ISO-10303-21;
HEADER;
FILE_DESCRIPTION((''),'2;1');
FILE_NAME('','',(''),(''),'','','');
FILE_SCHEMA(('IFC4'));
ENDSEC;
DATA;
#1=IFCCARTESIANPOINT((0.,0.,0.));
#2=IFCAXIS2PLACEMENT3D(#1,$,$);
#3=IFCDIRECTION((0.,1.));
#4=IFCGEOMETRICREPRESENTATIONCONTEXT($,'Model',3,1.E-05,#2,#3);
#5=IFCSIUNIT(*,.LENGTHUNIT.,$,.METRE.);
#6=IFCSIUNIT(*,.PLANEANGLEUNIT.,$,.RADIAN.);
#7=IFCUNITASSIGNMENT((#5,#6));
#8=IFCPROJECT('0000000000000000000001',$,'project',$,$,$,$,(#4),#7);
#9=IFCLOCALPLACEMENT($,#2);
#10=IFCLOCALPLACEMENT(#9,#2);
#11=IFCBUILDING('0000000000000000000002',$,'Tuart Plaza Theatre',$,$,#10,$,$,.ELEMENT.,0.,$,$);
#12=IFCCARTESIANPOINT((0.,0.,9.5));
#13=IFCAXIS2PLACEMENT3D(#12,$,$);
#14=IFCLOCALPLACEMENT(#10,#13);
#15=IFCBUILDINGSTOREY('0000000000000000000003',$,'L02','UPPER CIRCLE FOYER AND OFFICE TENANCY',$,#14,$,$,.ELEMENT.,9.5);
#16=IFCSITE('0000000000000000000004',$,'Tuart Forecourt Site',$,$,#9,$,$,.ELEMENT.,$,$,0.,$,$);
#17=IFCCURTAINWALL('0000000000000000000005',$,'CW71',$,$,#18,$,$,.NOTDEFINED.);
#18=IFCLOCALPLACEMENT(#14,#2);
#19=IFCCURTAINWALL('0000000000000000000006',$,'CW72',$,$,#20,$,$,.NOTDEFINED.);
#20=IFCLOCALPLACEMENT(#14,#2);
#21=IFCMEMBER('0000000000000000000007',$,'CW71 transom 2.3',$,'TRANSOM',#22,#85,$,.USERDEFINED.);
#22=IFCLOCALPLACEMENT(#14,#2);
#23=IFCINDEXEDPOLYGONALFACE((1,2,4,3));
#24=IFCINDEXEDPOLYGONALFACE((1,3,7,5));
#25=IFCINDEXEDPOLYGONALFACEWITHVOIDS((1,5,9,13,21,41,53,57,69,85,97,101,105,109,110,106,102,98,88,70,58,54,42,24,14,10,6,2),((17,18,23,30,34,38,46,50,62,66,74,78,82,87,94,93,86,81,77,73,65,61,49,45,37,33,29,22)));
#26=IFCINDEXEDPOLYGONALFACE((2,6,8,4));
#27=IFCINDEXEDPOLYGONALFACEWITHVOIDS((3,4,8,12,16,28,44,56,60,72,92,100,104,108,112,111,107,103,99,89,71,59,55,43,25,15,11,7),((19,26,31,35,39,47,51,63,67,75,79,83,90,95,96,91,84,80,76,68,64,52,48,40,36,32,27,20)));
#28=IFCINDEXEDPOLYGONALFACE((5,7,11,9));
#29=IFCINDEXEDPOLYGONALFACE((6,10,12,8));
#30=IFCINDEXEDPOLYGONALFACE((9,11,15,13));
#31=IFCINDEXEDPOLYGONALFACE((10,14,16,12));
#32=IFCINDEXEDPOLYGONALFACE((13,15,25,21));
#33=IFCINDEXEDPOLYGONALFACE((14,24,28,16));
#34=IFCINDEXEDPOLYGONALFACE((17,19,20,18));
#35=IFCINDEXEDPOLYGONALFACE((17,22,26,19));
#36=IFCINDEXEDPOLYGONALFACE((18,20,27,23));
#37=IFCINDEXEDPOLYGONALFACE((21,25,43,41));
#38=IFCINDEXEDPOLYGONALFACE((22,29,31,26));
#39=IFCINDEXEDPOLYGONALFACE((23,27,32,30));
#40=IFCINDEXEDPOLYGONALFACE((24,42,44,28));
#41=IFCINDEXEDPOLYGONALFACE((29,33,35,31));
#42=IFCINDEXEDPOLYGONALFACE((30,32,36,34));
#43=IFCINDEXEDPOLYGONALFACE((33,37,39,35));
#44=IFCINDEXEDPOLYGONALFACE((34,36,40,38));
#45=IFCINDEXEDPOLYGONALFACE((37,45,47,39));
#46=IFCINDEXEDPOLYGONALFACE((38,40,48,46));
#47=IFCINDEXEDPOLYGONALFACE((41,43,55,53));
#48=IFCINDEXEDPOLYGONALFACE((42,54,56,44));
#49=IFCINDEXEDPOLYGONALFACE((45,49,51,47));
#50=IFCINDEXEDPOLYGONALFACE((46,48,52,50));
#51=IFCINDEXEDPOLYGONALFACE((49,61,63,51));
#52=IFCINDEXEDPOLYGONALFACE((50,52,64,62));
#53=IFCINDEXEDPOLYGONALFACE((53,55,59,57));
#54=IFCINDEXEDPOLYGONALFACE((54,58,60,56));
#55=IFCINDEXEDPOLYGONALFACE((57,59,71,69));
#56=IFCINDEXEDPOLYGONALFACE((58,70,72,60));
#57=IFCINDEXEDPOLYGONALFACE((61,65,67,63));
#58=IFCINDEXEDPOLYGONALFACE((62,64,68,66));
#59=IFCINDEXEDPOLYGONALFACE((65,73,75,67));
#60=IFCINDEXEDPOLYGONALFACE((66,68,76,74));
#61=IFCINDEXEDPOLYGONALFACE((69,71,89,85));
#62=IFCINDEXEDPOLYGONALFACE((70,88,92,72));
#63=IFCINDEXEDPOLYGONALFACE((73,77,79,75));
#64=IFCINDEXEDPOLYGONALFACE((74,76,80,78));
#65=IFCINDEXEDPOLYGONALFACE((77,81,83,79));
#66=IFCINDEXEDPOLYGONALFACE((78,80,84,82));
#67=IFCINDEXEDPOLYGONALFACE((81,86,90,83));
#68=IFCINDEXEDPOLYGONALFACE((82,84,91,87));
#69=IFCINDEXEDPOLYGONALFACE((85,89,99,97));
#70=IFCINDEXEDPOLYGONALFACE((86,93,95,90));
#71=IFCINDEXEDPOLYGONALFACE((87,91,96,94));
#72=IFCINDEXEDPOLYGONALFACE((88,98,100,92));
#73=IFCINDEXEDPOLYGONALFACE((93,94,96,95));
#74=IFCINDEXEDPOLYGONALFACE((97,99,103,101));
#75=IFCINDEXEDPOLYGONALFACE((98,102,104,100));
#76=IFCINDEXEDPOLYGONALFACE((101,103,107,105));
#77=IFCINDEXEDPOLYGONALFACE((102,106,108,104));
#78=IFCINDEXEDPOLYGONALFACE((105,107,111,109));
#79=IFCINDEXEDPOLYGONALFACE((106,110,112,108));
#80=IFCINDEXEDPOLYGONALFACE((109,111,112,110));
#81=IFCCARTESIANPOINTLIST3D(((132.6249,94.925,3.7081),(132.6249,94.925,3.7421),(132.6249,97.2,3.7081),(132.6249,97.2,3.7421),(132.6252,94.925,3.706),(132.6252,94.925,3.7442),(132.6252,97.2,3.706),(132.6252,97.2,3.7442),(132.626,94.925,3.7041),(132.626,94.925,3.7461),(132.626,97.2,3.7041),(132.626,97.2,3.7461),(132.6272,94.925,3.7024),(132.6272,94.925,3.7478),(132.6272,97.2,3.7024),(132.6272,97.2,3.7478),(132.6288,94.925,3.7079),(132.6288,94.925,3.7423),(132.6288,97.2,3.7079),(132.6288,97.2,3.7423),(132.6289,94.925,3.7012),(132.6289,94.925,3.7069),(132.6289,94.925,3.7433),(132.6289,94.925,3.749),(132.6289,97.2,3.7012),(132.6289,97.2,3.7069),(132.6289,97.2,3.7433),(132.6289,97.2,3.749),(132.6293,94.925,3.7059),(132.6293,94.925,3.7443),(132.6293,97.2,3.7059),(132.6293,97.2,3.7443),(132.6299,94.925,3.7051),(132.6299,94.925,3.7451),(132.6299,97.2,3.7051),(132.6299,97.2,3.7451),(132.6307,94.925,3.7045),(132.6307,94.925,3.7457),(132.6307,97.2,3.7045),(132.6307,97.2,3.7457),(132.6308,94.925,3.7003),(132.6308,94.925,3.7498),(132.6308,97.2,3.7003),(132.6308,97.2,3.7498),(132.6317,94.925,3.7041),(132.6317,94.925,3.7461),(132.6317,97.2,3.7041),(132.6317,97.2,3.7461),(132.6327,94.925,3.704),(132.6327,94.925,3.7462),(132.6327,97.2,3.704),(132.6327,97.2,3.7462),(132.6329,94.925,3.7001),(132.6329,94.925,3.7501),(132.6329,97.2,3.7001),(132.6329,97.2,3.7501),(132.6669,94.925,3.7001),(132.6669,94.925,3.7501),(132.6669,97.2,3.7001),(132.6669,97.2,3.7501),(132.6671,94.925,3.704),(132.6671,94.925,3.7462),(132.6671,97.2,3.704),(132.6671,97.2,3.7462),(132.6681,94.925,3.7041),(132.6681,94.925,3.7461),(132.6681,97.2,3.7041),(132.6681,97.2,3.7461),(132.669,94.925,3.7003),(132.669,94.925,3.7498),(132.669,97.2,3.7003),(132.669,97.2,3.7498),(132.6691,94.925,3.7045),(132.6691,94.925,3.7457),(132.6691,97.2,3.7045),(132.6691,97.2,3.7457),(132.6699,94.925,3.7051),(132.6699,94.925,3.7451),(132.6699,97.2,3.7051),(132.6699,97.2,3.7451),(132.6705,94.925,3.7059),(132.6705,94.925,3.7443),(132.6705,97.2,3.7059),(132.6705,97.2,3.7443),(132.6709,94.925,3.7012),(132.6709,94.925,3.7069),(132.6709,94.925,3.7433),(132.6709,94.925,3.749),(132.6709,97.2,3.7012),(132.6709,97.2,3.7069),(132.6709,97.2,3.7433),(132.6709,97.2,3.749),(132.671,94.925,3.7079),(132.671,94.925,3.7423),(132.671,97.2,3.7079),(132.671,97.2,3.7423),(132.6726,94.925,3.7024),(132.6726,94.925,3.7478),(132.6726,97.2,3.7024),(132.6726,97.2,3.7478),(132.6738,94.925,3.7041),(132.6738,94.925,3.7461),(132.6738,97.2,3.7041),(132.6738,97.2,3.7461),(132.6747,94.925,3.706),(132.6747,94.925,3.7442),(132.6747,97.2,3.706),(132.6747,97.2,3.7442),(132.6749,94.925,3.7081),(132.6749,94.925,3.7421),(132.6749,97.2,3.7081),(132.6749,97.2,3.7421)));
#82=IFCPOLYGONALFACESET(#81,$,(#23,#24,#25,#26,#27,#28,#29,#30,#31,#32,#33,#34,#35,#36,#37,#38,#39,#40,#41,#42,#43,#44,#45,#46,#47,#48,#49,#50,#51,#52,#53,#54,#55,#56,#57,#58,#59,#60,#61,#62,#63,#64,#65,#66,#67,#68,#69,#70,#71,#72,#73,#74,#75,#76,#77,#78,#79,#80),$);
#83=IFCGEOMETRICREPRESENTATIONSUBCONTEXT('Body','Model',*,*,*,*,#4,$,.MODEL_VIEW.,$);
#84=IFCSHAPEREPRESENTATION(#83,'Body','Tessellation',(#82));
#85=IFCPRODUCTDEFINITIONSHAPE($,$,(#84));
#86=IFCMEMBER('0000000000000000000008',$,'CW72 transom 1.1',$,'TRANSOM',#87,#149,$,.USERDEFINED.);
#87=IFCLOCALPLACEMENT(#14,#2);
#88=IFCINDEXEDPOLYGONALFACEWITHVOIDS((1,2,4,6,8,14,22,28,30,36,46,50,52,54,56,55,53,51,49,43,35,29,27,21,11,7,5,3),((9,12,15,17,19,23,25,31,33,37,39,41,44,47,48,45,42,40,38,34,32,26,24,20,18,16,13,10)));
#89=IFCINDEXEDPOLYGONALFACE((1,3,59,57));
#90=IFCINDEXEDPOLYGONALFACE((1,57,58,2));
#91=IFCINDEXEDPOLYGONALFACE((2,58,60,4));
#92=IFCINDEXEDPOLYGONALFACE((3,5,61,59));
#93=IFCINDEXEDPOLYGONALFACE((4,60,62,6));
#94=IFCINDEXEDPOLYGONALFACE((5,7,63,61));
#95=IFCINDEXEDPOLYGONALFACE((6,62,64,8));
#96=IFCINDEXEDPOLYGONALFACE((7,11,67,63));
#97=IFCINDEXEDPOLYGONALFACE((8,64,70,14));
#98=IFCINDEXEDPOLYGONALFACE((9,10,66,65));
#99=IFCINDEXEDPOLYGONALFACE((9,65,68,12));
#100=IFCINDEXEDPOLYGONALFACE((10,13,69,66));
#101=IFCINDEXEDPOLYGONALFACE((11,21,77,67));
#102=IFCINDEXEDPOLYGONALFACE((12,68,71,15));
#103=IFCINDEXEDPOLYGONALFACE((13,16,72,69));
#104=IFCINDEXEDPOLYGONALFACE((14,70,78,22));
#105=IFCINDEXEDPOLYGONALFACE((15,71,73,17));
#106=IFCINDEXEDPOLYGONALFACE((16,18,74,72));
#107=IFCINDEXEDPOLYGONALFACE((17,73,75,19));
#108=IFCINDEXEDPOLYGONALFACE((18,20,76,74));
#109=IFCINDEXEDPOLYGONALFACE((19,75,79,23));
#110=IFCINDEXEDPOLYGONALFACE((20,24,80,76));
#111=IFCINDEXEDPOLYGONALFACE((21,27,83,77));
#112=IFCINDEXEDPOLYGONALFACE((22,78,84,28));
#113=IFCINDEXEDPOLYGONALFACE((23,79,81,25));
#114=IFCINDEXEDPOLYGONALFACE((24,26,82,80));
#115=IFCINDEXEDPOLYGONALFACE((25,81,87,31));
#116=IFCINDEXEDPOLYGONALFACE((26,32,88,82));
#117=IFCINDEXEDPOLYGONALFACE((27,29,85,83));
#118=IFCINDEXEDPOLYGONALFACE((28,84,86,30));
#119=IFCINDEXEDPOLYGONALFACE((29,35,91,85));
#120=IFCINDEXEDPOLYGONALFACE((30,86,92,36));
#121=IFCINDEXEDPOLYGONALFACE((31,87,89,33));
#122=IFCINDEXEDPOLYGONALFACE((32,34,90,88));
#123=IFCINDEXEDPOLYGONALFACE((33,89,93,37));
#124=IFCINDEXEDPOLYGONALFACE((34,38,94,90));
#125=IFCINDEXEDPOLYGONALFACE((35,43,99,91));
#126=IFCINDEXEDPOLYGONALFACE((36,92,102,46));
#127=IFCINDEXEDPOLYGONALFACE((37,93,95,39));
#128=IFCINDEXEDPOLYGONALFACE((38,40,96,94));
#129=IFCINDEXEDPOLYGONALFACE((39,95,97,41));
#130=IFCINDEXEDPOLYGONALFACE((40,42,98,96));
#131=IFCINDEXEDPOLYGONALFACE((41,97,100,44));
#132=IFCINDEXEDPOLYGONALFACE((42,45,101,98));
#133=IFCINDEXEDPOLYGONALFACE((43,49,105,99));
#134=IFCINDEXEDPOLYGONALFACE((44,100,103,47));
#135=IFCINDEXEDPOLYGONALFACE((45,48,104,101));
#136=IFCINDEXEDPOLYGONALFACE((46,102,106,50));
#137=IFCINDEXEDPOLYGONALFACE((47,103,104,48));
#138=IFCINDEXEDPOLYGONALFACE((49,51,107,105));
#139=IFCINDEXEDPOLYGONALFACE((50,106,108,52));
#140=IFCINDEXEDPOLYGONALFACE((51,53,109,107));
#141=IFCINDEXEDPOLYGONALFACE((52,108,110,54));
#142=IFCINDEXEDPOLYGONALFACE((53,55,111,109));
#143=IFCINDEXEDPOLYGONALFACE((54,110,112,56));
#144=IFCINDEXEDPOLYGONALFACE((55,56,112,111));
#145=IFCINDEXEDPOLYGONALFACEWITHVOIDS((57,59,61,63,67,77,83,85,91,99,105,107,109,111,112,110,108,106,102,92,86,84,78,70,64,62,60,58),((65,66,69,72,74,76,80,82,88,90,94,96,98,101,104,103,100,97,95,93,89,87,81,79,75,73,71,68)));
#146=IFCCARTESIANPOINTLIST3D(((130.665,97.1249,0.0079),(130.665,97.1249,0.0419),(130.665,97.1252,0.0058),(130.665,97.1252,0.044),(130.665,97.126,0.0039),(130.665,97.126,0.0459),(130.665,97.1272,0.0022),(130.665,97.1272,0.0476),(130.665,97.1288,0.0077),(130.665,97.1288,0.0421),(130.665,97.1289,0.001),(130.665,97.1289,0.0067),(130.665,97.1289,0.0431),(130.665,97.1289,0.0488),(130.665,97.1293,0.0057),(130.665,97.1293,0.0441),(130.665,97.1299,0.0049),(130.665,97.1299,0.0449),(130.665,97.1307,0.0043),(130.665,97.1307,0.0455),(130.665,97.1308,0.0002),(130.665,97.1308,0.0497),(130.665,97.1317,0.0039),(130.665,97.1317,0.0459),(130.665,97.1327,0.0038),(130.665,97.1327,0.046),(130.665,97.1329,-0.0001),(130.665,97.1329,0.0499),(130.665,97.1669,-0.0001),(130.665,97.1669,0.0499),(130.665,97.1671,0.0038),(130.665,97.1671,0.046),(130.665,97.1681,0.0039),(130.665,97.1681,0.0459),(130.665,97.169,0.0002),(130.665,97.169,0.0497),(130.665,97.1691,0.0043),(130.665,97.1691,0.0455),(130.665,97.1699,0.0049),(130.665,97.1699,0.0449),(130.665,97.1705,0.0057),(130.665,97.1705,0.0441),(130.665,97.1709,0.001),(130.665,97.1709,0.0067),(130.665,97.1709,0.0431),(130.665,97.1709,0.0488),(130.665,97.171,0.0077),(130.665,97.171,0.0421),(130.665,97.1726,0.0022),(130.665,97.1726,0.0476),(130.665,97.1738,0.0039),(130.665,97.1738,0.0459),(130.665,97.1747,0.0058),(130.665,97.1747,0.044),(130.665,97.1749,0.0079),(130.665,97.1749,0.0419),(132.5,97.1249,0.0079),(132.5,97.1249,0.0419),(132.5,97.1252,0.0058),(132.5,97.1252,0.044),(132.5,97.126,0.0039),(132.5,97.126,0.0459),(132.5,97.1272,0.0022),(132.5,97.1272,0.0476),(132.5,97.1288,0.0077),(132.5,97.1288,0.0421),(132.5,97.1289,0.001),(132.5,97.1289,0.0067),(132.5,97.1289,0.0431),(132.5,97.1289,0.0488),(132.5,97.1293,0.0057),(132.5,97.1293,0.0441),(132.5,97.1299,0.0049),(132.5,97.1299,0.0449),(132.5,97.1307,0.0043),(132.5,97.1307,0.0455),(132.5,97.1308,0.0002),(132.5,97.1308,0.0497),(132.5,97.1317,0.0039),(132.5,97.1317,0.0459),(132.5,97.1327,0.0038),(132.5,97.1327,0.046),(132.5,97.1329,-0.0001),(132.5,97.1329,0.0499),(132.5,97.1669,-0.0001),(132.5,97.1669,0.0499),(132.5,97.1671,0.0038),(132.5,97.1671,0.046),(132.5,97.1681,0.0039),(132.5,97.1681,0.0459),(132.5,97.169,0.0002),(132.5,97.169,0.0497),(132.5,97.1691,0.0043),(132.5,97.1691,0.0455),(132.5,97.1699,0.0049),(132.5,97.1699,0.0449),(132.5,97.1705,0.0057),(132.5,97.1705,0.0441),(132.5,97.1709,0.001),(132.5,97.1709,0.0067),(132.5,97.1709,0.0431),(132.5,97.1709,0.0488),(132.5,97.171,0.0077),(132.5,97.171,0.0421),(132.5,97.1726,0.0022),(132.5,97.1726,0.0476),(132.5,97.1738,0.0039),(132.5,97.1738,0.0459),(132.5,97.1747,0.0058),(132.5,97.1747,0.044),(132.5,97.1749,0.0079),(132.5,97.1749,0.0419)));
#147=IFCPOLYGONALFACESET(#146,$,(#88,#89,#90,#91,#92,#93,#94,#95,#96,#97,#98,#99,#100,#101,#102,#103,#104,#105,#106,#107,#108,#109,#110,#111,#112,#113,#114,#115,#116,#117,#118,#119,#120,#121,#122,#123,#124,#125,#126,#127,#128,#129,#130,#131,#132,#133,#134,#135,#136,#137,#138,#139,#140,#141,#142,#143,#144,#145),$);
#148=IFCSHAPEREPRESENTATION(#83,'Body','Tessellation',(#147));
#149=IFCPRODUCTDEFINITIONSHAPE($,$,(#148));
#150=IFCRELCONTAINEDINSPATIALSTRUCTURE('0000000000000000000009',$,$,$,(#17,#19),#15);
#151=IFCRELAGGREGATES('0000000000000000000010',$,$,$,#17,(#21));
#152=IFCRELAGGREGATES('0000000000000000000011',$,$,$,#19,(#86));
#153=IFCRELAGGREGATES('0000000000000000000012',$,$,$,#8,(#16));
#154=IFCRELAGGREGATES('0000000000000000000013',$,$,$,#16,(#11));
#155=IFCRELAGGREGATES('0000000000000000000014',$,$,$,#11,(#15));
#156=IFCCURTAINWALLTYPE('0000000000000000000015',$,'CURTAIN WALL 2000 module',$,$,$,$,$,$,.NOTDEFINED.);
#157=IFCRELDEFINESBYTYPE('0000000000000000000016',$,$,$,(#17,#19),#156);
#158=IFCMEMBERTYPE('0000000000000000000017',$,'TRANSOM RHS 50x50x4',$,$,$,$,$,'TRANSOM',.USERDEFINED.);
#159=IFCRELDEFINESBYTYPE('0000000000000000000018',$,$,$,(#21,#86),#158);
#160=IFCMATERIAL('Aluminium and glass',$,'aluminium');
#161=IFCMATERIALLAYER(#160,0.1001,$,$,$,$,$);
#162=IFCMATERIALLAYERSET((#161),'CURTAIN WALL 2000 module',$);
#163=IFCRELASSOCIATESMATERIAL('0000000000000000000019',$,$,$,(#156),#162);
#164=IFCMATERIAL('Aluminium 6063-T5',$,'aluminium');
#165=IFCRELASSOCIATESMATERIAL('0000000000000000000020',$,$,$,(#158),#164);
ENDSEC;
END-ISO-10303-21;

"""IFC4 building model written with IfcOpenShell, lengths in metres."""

from ifc_helpers import new_model, si_unit, direction, frame, origin, origin_2d, place, context, subcontext, project, spatial, hollow_rectangle, extrude, material, layer, layer_set, material_profile, profile_set, type_object, element, aggregate, save


model = new_model("IFC4")

# Units and contexts
model_context = context("Model", 3, precision=1e-05, world=origin(), true_north=direction((0.0, 1.0)))
body_context = subcontext(model_context, "Body", "Model", "MODEL_VIEW")
ifc_project = project(units=[si_unit("LENGTHUNIT", "METRE"), si_unit("PLANEANGLEUNIT", "RADIAN")], contexts=[model_context])

# Site, building, storey
site_placement = place(None, origin())
site = spatial("IfcSite", under=ifc_project, at=site_placement, Name="Tuart Forecourt Site", CompositionType="ELEMENT", RefElevation=0.0)
building_placement = place(site_placement, origin())
building = spatial("IfcBuilding", under=site, at=building_placement, Name="Tuart Plaza Theatre", CompositionType="ELEMENT", ElevationOfRefHeight=0.0)
storey_placement = place(building_placement, frame((0.0, 0.0, 9.5)))
storey = spatial("IfcBuildingStorey", under=building, at=storey_placement, Name="L02", Description="UPPER CIRCLE FOYER AND OFFICE TENANCY", CompositionType="ELEMENT", Elevation=9.5)

# Curtain wall
ifc_material_1 = material(Name="Aluminium and glass", Category="aluminium")
ifc_layer_1 = layer(ifc_material_1, 0.1001)
ifc_layer_set_1 = layer_set([ifc_layer_1], Name="CURTAIN WALL 2000 module")
curtain_wall_type = type_object("IfcCurtainWallType", Name="CURTAIN WALL 2000 module", PredefinedType="NOTDEFINED", material=ifc_layer_set_1)
curtain_wall_1_placement = place(storey_placement, origin())
curtain_wall_1 = element("IfcCurtainWall", 1, at=curtain_wall_1_placement, inside=storey, type_object=curtain_wall_type, Name="CW71", PredefinedType="NOTDEFINED")

# Curtain wall
curtain_wall_2_placement = place(storey_placement, origin())
curtain_wall_2 = element("IfcCurtainWall", 2, at=curtain_wall_2_placement, inside=storey, type_object=curtain_wall_type, Name="CW72", PredefinedType="NOTDEFINED")

# Members
ifc_material_2 = material(Name="Aluminium 6063-T5", Category="aluminium")
ifc_material_profile_1 = material_profile(ifc_material_2, hollow_rectangle(XDim=0.05, YDim=0.05, WallThickness=0.0039, InnerFilletRadius=0.0039, OuterFilletRadius=0.0081, at=origin_2d()), Name="RHS 50x50x4")
ifc_profile_set_1 = profile_set([ifc_material_profile_1], Name="Aluminium 6063-T5")
member_type_1 = type_object("IfcMemberType", Name="TRANSOM RHS 50x50x4", ElementType="TRANSOM", PredefinedType="USERDEFINED", material=ifc_profile_set_1)
member_1_placement = place(storey_placement, frame((132.6499, 94.925, 3.7251), z_axis=(0.0, 1.0, 0.0), x_axis=(-1.0, 0.0, 0.0)))
member_1 = element("IfcMember", 3, at=member_1_placement, type_object=member_type_1, Name="CW71 transom 2.3", ObjectType="TRANSOM", PredefinedType="USERDEFINED", context=body_context, shape_type="SweptSolid", body=[
    extrude(hollow_rectangle(XDim=0.05, YDim=0.05, WallThickness=0.0039, InnerFilletRadius=0.0039, OuterFilletRadius=0.0081, at=origin_2d()), origin(), (0.0, 0.0, 1.0), 2.2749),
])
member_2_placement = place(storey_placement, frame((132.5, 97.1499, 0.0249), z_axis=(-1.0, 0.0, 0.0), x_axis=(0.0, -1.0, 0.0)))
member_2 = element("IfcMember", 4, at=member_2_placement, type_object=member_type_1, Name="CW72 transom 1.1", ObjectType="TRANSOM", PredefinedType="USERDEFINED", context=body_context, shape_type="SweptSolid", body=[
    extrude(hollow_rectangle(XDim=0.05, YDim=0.05, WallThickness=0.0039, InnerFilletRadius=0.0039, OuterFilletRadius=0.0081, at=origin_2d()), origin(), (0.0, 0.0, 1.0), 1.835),
])

aggregate(curtain_wall_1, [member_1])
aggregate(curtain_wall_2, [member_2])

save(model, "model.ifc")
